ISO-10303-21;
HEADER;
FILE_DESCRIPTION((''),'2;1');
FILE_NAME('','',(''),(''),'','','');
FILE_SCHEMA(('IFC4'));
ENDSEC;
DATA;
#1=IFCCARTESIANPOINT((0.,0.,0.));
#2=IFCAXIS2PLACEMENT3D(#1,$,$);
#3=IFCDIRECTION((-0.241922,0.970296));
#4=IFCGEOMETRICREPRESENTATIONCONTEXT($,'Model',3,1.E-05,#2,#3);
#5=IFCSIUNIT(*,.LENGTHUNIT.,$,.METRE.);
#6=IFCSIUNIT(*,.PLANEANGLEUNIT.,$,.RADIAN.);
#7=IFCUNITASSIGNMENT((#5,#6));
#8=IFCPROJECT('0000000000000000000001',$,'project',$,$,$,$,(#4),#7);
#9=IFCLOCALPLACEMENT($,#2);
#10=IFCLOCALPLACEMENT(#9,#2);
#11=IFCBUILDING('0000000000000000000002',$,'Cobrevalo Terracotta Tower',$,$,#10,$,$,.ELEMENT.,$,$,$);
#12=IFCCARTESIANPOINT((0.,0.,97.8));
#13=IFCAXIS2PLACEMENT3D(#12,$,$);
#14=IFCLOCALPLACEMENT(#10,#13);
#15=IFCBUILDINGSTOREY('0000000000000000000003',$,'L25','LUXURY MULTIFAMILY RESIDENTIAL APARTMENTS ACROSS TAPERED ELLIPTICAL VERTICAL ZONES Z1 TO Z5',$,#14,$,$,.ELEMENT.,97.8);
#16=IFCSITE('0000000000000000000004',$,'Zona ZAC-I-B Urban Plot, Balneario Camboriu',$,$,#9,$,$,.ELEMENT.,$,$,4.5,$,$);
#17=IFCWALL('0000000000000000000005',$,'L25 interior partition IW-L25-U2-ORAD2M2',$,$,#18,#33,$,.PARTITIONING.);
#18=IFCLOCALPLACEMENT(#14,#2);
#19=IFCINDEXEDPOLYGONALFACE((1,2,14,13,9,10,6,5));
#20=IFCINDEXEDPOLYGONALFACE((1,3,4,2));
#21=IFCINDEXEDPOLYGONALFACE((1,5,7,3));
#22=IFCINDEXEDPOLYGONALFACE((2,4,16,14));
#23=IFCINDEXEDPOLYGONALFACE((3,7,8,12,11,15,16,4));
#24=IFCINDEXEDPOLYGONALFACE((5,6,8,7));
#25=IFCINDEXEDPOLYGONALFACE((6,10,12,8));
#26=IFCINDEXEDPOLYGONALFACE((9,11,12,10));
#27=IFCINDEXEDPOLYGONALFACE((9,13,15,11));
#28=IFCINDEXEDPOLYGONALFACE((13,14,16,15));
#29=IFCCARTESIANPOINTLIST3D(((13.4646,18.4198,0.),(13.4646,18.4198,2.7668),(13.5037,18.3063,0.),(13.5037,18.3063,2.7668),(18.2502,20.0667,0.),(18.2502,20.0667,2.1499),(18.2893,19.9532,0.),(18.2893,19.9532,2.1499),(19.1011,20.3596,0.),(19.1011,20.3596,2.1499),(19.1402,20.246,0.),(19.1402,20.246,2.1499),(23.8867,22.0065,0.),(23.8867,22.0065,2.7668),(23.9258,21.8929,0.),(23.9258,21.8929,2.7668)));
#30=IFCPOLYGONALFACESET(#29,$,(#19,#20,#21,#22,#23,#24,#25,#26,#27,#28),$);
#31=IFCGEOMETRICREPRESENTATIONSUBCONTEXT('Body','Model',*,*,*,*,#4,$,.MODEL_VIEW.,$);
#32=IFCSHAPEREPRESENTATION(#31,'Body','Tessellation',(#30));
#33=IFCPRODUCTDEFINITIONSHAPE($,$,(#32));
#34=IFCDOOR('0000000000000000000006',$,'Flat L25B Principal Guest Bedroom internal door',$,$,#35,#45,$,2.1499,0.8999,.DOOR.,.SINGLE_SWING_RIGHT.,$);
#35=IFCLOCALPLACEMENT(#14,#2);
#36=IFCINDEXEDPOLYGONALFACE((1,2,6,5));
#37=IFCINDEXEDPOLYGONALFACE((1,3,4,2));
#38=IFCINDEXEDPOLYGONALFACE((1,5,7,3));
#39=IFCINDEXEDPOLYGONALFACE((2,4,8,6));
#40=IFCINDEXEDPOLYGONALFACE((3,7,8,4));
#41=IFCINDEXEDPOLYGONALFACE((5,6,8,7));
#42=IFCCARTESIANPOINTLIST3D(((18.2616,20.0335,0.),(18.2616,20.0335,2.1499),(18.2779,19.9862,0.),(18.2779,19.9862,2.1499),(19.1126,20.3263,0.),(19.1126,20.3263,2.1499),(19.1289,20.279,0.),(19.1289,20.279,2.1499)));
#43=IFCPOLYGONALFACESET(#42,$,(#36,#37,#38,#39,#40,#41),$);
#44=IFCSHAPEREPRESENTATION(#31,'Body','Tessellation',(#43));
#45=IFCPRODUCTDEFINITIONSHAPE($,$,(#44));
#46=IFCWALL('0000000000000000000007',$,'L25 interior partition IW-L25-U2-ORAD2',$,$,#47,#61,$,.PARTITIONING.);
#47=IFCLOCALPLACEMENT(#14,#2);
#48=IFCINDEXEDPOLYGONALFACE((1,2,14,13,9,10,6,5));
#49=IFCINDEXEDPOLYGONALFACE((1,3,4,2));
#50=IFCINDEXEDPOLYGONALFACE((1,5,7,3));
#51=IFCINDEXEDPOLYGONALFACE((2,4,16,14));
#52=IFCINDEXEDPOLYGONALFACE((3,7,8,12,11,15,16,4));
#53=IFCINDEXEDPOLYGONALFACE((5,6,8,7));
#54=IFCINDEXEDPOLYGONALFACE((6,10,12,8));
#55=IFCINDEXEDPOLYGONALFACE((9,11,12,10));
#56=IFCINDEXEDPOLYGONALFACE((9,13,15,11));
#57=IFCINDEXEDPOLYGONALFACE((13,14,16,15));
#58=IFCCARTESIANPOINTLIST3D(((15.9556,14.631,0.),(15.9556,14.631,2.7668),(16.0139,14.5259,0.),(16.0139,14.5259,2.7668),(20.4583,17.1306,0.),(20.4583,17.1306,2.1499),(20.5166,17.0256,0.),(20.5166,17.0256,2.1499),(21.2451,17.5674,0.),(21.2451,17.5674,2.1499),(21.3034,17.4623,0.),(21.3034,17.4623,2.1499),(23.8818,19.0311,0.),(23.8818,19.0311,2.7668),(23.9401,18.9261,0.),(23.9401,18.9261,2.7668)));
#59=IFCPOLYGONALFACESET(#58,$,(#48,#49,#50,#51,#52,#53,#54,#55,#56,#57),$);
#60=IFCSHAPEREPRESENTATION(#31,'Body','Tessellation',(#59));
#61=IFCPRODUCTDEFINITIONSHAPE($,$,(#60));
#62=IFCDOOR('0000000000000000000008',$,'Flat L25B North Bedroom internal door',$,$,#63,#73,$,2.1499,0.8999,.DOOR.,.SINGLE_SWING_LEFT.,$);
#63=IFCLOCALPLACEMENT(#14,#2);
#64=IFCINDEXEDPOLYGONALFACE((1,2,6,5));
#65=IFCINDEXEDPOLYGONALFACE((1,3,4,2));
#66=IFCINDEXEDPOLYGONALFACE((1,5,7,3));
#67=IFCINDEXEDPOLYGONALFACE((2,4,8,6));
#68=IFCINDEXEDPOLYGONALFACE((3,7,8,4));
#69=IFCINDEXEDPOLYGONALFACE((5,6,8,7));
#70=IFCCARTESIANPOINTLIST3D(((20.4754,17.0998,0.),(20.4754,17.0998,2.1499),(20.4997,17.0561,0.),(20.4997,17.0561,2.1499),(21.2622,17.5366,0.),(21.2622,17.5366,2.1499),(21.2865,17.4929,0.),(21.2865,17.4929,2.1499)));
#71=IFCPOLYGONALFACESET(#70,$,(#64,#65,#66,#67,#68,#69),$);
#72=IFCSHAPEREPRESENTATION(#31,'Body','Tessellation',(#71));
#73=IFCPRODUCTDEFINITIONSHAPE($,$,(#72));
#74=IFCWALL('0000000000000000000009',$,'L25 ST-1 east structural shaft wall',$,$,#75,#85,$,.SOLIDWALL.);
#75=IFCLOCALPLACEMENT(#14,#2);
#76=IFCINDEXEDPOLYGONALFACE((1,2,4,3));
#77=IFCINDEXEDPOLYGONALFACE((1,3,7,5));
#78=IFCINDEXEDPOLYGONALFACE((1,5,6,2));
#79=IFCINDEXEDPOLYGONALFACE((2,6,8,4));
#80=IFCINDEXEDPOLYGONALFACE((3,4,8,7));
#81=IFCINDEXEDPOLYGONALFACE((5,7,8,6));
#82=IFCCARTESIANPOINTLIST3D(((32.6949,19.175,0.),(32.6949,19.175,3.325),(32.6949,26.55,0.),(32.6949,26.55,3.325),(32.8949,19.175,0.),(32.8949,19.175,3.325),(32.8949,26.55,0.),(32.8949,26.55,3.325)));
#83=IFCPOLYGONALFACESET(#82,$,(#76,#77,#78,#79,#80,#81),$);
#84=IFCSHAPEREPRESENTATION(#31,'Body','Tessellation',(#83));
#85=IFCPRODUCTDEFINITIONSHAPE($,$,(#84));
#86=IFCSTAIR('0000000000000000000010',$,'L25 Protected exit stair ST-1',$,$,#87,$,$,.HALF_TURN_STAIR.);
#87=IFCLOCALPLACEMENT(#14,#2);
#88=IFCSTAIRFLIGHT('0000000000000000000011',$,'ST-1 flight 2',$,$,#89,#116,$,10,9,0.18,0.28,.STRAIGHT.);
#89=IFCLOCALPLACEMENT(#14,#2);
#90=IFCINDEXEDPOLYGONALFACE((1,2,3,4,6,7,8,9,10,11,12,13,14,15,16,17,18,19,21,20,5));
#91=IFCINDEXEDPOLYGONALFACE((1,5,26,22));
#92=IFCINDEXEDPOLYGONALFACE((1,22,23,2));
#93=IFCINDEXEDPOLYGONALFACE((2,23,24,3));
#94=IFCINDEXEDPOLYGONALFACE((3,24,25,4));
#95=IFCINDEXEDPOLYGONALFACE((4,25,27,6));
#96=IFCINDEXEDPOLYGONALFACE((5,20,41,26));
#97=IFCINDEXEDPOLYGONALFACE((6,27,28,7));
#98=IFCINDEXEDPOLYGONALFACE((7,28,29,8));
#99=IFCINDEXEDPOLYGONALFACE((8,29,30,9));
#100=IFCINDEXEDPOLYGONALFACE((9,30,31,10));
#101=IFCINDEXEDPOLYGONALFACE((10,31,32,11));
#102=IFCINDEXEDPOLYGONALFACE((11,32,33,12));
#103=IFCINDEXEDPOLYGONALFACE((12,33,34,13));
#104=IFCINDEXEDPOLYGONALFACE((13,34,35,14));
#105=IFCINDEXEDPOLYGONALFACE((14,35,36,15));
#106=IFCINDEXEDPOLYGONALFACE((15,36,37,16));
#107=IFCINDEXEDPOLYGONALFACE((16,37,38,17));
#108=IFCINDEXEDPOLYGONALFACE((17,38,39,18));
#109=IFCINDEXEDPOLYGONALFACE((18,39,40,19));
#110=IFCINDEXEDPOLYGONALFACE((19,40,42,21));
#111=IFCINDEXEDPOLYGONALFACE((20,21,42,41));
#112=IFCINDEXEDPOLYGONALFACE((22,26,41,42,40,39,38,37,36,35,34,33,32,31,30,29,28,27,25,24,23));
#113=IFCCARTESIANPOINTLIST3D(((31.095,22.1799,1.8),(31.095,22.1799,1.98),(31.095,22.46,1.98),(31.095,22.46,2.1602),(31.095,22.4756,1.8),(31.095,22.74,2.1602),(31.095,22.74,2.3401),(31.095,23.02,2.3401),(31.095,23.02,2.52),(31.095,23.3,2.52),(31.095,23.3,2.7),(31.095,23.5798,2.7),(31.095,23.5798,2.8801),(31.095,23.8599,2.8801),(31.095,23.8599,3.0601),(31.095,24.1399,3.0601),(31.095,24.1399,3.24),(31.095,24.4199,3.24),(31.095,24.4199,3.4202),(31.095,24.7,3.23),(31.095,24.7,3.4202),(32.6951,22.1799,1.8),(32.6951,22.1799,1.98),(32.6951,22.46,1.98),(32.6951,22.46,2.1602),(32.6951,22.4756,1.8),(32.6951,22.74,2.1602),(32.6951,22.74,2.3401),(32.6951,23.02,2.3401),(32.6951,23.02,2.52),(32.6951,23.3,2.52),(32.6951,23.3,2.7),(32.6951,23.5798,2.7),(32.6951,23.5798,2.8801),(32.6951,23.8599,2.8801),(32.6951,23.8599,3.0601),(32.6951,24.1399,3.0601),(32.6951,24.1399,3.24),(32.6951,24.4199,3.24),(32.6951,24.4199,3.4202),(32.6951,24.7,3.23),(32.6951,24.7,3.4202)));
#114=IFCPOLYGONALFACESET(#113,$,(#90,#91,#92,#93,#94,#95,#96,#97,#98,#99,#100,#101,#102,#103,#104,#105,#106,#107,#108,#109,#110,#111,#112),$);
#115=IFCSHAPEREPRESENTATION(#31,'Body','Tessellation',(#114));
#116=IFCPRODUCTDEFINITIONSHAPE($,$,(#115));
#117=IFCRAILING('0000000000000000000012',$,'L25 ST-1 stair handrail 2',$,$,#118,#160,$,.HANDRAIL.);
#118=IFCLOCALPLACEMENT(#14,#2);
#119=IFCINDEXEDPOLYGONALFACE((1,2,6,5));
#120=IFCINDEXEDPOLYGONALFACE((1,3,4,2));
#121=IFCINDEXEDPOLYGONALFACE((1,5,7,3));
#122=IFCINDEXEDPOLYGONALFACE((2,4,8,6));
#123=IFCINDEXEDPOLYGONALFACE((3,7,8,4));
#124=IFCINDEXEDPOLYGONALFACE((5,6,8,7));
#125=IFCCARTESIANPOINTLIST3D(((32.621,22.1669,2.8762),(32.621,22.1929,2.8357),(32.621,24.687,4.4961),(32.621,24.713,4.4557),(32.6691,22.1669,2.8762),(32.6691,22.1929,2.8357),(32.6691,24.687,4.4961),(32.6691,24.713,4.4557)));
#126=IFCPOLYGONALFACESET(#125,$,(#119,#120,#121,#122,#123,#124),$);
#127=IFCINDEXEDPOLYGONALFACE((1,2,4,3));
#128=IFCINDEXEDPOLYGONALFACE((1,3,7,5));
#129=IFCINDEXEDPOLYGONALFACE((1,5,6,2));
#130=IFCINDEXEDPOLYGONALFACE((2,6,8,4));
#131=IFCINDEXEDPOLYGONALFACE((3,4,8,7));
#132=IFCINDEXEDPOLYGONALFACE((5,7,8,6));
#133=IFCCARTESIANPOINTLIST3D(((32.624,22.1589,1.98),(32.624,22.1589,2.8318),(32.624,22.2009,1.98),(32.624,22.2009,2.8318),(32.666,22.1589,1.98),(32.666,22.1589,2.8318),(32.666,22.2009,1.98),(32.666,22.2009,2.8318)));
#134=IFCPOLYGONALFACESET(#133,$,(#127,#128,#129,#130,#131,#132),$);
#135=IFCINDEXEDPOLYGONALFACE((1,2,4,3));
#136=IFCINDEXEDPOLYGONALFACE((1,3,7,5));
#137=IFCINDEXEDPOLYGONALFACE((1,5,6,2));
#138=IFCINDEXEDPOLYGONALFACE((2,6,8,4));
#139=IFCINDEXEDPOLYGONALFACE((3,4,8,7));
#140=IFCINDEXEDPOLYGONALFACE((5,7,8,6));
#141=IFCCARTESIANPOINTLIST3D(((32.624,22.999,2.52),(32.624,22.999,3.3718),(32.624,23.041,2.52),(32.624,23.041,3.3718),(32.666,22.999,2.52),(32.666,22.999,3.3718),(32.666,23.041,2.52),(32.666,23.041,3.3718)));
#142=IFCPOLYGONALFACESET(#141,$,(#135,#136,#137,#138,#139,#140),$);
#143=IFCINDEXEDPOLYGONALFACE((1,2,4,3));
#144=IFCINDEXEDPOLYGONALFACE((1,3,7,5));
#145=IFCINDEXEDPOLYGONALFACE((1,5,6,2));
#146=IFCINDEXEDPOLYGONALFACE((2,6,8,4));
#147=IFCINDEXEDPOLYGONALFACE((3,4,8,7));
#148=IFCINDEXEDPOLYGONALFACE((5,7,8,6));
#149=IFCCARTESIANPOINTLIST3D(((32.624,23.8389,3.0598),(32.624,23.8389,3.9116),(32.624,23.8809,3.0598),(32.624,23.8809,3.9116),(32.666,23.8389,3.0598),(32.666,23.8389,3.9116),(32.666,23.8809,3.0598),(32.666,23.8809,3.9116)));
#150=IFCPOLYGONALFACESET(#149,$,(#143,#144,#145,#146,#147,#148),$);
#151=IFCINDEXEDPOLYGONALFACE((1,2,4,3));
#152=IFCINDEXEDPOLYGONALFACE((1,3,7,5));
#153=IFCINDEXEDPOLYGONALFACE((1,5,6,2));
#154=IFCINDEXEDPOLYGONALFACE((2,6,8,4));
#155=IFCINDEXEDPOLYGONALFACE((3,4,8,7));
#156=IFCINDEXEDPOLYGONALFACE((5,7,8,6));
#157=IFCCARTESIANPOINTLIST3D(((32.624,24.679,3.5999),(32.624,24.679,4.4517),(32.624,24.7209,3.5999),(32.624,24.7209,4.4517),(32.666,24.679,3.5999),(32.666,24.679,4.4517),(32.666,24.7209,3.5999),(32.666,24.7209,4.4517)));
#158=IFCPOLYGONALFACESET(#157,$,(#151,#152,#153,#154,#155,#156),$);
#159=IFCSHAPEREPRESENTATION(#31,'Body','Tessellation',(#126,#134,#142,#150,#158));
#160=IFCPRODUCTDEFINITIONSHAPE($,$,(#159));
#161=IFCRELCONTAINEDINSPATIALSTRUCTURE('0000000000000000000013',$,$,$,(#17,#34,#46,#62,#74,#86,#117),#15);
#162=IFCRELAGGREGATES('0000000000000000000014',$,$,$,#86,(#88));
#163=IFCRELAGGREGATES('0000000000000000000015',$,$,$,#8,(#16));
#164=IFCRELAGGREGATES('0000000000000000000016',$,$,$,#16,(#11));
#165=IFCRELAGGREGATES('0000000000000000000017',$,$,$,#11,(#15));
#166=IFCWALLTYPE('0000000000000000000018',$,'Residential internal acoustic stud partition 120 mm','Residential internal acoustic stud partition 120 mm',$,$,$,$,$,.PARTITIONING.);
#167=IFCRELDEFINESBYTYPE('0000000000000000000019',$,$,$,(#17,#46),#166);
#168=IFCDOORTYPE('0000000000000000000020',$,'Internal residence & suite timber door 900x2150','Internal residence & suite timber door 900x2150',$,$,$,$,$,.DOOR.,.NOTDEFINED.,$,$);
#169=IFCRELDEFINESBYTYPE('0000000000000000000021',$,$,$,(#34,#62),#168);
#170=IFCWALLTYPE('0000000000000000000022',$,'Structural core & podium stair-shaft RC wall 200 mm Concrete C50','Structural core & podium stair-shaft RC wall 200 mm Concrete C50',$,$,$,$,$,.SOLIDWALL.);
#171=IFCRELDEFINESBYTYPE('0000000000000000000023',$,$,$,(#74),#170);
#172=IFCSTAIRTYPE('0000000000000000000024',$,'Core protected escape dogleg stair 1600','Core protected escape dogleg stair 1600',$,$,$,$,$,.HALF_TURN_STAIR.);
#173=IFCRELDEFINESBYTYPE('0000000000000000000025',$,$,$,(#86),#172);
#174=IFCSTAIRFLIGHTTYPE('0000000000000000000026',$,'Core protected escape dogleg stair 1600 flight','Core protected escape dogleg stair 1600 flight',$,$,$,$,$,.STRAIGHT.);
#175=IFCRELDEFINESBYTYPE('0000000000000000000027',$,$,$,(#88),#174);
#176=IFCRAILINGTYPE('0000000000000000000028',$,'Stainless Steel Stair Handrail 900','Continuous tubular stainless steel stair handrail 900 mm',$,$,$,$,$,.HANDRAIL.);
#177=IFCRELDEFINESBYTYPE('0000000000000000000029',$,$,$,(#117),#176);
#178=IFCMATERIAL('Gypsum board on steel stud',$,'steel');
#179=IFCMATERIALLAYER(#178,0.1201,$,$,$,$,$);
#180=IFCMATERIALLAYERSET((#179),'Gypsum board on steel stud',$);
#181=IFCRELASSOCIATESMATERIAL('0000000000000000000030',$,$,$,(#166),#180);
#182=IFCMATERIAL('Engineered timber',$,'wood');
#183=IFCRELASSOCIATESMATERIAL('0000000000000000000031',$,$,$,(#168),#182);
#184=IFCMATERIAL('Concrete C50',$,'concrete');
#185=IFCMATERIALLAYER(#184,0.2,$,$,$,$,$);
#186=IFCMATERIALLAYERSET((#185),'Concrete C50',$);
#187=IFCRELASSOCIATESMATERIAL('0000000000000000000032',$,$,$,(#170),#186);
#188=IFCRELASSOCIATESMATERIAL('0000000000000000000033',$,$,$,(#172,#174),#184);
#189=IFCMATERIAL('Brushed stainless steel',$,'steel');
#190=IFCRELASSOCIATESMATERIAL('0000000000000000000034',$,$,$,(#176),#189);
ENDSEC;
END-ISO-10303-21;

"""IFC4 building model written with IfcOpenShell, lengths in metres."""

from ifc_helpers import new_model, si_unit, direction, frame, frame_2d, origin, origin_2d, place, context, subcontext, project, spatial, polyline, rectangle, outline, extrude, source, transform, mapped, material, layer, layer_set, type_object, element, fill, aggregate, save


model = new_model("IFC4")

# Units and contexts
model_context = context("Model", 3, precision=1e-05, world=origin(), true_north=direction((-0.241922, 0.970296)))
body_context = subcontext(model_context, "Body", "Model", "MODEL_VIEW")
ifc_project = project(units=[si_unit("LENGTHUNIT", "METRE"), si_unit("PLANEANGLEUNIT", "RADIAN")], contexts=[model_context])

# Site, building, storey
site_placement = place(None, origin())
site = spatial("IfcSite", under=ifc_project, at=site_placement, Name="Zona ZAC-I-B Urban Plot, Balneario Camboriu", CompositionType="ELEMENT", RefElevation=4.5)
building_placement = place(site_placement, origin())
building = spatial("IfcBuilding", under=site, at=building_placement, Name="Cobrevalo Terracotta Tower", CompositionType="ELEMENT")
storey_placement = place(building_placement, frame((0.0, 0.0, 97.8)))
storey = spatial("IfcBuildingStorey", under=building, at=storey_placement, Name="L25", Description="LUXURY MULTIFAMILY RESIDENTIAL APARTMENTS ACROSS TAPERED ELLIPTICAL VERTICAL ZONES Z1 TO Z5", CompositionType="ELEMENT", Elevation=97.8)

# Shared definitions
ifc_material_1 = material(Name="Gypsum board on steel stud", Category="steel")

# Walls, openings, doors
ifc_layer_1 = layer(ifc_material_1, 0.1201)
ifc_layer_set_1 = layer_set([ifc_layer_1], Name="Gypsum board on steel stud")
wall_type_1 = type_object("IfcWallType", Name="Residential internal acoustic stud partition 120 mm", Description="Residential internal acoustic stud partition 120 mm", PredefinedType="PARTITIONING", material=ifc_layer_set_1)
wall_1_placement = place(storey_placement, frame((23.9062, 21.9497, 0.0), z_axis=(0.0, 0.0, 1.0), x_axis=(-0.945573, -0.32541, 0.0)))
wall_1 = element("IfcWall", 1, at=wall_1_placement, inside=storey, type_object=wall_type_1, Name="L25 interior partition IW-L25-U2-ORAD2M2", PredefinedType="PARTITIONING", context=body_context, shape_type="SweptSolid", body=[
    extrude(rectangle(XDim=11.022, YDim=0.1201, at=frame_2d((5.511, 0.0))), origin(), (0.0, 0.0, 1.0), 2.7668),
])
opening_1_placement = place(wall_1_placement, frame((5.061, 0.0, 0.0)))
opening_1 = element("IfcOpeningElement", 2, at=opening_1_placement, cuts=wall_1, PredefinedType="OPENING", context=body_context, shape_type="SweptSolid", body=[
    extrude(rectangle(XDim=0.8999, YDim=2.1499, at=frame_2d((0.45, 1.075))), frame((0.0, 0.0701, 0.0), z_axis=(0.0, -1.0, 0.0), x_axis=(1.0, 0.0, 0.0)), (0.0, 0.0, 1.0), 0.1401),
])
ifc_material_2 = material(Name="Engineered timber", Category="wood")
door_type_1 = type_object("IfcDoorType", Name="Internal residence & suite timber door 900x2150", Description="Internal residence & suite timber door 900x2150", OperationType="NOTDEFINED", PredefinedType="DOOR", material=ifc_material_2)
shared_shape_1 = source(origin(), body_context, "Body", "SweptSolid", [
    extrude(rectangle(XDim=0.8999, YDim=2.1499, at=frame_2d((0.45, 1.075))), frame((0.0, 0.0249, 0.0), z_axis=(0.0, -1.0, 0.0), x_axis=(1.0, 0.0, 0.0)), (0.0, 0.0, 1.0), 0.05),
])
door_1_placement = place(opening_1_placement, frame((0.8999, 0.0, 0.0), z_axis=(0.0, 0.0, 1.0), x_axis=(-1.0, 0.0, 0.0)))
door_1 = element("IfcDoor", 3, at=door_1_placement, inside=storey, type_object=door_type_1, Name="Flat L25B Principal Guest Bedroom internal door", OperationType="SINGLE_SWING_RIGHT", OverallHeight=2.1499, OverallWidth=0.8999, PredefinedType="DOOR", context=body_context, shape_type="MappedRepresentation", body=[
    mapped(shared_shape_1, transform((0.0, 0.0, 0.0), scale=1.0)),
])
fill(opening_1, door_1)
wall_2_placement = place(storey_placement, frame((23.9109, 18.9785, 0.0), z_axis=(0.0, 0.0, 1.0), x_axis=(-0.874313, -0.485362, 0.0)))
wall_2 = element("IfcWall", 4, at=wall_2_placement, inside=storey, type_object=wall_type_1, Name="L25 interior partition IW-L25-U2-ORAD2", PredefinedType="PARTITIONING", context=body_context, shape_type="SweptSolid", body=[
    extrude(rectangle(XDim=9.0657, YDim=0.1201, at=frame_2d((4.5327, 0.0))), origin(), (0.0, 0.0, 1.0), 2.7668),
])
opening_2_placement = place(wall_2_placement, frame((3.0156, 0.0, 0.0)))
opening_2 = element("IfcOpeningElement", 5, at=opening_2_placement, cuts=wall_2, PredefinedType="OPENING", context=body_context, shape_type="SweptSolid", body=[
    extrude(rectangle(XDim=0.8999, YDim=2.1499, at=frame_2d((0.45, 1.075))), frame((0.0, 0.0701, 0.0), z_axis=(0.0, -1.0, 0.0), x_axis=(1.0, 0.0, 0.0)), (0.0, 0.0, 1.0), 0.1401),
])
door_2_placement = place(opening_2_placement, frame((0.8999, 0.0, 0.0), z_axis=(0.0, 0.0, 1.0), x_axis=(-1.0, 0.0, 0.0)))
door_2 = element("IfcDoor", 6, at=door_2_placement, inside=storey, type_object=door_type_1, Name="Flat L25B North Bedroom internal door", OperationType="SINGLE_SWING_LEFT", OverallHeight=2.1499, OverallWidth=0.8999, PredefinedType="DOOR", context=body_context, shape_type="MappedRepresentation", body=[
    mapped(shared_shape_1, transform((0.0, 0.0, 0.0), scale=1.0)),
])
fill(opening_2, door_2)

# Wall
ifc_material_3 = material(Name="Concrete C50", Category="concrete")
ifc_layer_2 = layer(ifc_material_3, 0.2)
ifc_layer_set_2 = layer_set([ifc_layer_2], Name="Concrete C50")
wall_type_2 = type_object("IfcWallType", Name="Structural core & podium stair-shaft RC wall 200 mm Concrete C50", Description="Structural core & podium stair-shaft RC wall 200 mm Concrete C50", PredefinedType="SOLIDWALL", material=ifc_layer_set_2)
wall_3_placement = place(storey_placement, frame((32.7949, 19.175, 0.0), z_axis=(0.0, 0.0, 1.0), x_axis=(0.0, 1.0, 0.0)))
element("IfcWall", 7, at=wall_3_placement, inside=storey, type_object=wall_type_2, Name="L25 ST-1 east structural shaft wall", PredefinedType="SOLIDWALL", context=body_context, shape_type="SweptSolid", body=[
    extrude(rectangle(XDim=7.375, YDim=0.2, at=frame_2d((3.6875, 0.0))), origin(), (0.0, 0.0, 1.0), 3.325),
])

# Stair, stair flight
stair_type = type_object("IfcStairType", Name="Core protected escape dogleg stair 1600", Description="Core protected escape dogleg stair 1600", PredefinedType="HALF_TURN_STAIR", material=ifc_material_3)
stair_placement = place(storey_placement, origin())
stair = element("IfcStair", 8, at=stair_placement, inside=storey, type_object=stair_type, Name="L25 Protected exit stair ST-1", PredefinedType="HALF_TURN_STAIR")
stair_flight_type = type_object("IfcStairFlightType", Name="Core protected escape dogleg stair 1600 flight", Description="Core protected escape dogleg stair 1600 flight", PredefinedType="STRAIGHT", material=ifc_material_3)
stair_flight_placement = place(storey_placement, frame((31.895, 22.1799, 1.8), z_axis=(0.0, 0.0, 1.0), x_axis=(0.0, 1.0, 0.0)))
stair_flight = element("IfcStairFlight", 9, at=stair_flight_placement, type_object=stair_flight_type, Name="ST-1 flight 2", NumberOfRisers=10, NumberOfTreads=9, PredefinedType="STRAIGHT", RiserHeight=0.18, TreadLength=0.28, context=body_context, shape_type="SweptSolid", body=[
    extrude(outline(polyline([(0.0, 0.0), (0.0, 0.1799), (0.28, 0.1799), (0.28, 0.3601), (0.5601, 0.3601), (0.5601, 0.54), (0.8401, 0.54), (0.8401, 0.72), (1.1201, 0.72), (1.1201, 0.8999), (1.3999, 0.8999), (1.3999, 1.0801), (1.6799, 1.0801), (1.6799, 1.26), (1.96, 1.26), (1.96, 1.4399), (2.24, 1.4399), (2.24, 1.6201), (2.52, 1.6201), (2.52, 1.8), (2.52, 1.4299), (0.2957, 0.0), (0.0, 0.0)])), frame((0.0, 0.8, 0.0), z_axis=(0.0, -1.0, 0.0), x_axis=(1.0, 0.0, 0.0)), (0.0, 0.0, 1.0), 1.6001),
])
aggregate(stair, [stair_flight])

# Railing
ifc_material_4 = material(Name="Brushed stainless steel", Category="steel")
railing_type_1 = type_object("IfcRailingType", Name="Stainless Steel Stair Handrail 900", Description="Continuous tubular stainless steel stair handrail 900 mm", PredefinedType="HANDRAIL", material=ifc_material_4)
railing_1_placement = place(storey_placement, frame((32.645, 22.1799, 1.98)))
element("IfcRailing", 10, at=railing_1_placement, inside=storey, type_object=railing_type_1, Name="L25 ST-1 stair handrail 2", PredefinedType="HANDRAIL", context=body_context, shape_type="SweptSolid", body=[
    extrude(rectangle(XDim=0.0481, YDim=0.0481, at=origin_2d()), frame((0.0, 0.0, 0.876), z_axis=(0.0, 0.8412, 0.540725), x_axis=(-1.0, 0.0, 0.0)), (0.0, 0.0, 1.0), 2.9958),
    extrude(rectangle(XDim=0.042, YDim=0.042, at=origin_2d()), origin(), (0.0, 0.0, 1.0), 0.8518),
    extrude(rectangle(XDim=0.042, YDim=0.042, at=origin_2d()), frame((0.0, 0.8401, 0.54)), (0.0, 0.0, 1.0), 0.8518),
    extrude(rectangle(XDim=0.042, YDim=0.042, at=origin_2d()), frame((0.0, 1.6799, 1.0798)), (0.0, 0.0, 1.0), 0.8518),
    extrude(rectangle(XDim=0.042, YDim=0.042, at=origin_2d()), frame((0.0, 2.52, 1.6199)), (0.0, 0.0, 1.0), 0.8518),
])

save(model, "model.ifc")
